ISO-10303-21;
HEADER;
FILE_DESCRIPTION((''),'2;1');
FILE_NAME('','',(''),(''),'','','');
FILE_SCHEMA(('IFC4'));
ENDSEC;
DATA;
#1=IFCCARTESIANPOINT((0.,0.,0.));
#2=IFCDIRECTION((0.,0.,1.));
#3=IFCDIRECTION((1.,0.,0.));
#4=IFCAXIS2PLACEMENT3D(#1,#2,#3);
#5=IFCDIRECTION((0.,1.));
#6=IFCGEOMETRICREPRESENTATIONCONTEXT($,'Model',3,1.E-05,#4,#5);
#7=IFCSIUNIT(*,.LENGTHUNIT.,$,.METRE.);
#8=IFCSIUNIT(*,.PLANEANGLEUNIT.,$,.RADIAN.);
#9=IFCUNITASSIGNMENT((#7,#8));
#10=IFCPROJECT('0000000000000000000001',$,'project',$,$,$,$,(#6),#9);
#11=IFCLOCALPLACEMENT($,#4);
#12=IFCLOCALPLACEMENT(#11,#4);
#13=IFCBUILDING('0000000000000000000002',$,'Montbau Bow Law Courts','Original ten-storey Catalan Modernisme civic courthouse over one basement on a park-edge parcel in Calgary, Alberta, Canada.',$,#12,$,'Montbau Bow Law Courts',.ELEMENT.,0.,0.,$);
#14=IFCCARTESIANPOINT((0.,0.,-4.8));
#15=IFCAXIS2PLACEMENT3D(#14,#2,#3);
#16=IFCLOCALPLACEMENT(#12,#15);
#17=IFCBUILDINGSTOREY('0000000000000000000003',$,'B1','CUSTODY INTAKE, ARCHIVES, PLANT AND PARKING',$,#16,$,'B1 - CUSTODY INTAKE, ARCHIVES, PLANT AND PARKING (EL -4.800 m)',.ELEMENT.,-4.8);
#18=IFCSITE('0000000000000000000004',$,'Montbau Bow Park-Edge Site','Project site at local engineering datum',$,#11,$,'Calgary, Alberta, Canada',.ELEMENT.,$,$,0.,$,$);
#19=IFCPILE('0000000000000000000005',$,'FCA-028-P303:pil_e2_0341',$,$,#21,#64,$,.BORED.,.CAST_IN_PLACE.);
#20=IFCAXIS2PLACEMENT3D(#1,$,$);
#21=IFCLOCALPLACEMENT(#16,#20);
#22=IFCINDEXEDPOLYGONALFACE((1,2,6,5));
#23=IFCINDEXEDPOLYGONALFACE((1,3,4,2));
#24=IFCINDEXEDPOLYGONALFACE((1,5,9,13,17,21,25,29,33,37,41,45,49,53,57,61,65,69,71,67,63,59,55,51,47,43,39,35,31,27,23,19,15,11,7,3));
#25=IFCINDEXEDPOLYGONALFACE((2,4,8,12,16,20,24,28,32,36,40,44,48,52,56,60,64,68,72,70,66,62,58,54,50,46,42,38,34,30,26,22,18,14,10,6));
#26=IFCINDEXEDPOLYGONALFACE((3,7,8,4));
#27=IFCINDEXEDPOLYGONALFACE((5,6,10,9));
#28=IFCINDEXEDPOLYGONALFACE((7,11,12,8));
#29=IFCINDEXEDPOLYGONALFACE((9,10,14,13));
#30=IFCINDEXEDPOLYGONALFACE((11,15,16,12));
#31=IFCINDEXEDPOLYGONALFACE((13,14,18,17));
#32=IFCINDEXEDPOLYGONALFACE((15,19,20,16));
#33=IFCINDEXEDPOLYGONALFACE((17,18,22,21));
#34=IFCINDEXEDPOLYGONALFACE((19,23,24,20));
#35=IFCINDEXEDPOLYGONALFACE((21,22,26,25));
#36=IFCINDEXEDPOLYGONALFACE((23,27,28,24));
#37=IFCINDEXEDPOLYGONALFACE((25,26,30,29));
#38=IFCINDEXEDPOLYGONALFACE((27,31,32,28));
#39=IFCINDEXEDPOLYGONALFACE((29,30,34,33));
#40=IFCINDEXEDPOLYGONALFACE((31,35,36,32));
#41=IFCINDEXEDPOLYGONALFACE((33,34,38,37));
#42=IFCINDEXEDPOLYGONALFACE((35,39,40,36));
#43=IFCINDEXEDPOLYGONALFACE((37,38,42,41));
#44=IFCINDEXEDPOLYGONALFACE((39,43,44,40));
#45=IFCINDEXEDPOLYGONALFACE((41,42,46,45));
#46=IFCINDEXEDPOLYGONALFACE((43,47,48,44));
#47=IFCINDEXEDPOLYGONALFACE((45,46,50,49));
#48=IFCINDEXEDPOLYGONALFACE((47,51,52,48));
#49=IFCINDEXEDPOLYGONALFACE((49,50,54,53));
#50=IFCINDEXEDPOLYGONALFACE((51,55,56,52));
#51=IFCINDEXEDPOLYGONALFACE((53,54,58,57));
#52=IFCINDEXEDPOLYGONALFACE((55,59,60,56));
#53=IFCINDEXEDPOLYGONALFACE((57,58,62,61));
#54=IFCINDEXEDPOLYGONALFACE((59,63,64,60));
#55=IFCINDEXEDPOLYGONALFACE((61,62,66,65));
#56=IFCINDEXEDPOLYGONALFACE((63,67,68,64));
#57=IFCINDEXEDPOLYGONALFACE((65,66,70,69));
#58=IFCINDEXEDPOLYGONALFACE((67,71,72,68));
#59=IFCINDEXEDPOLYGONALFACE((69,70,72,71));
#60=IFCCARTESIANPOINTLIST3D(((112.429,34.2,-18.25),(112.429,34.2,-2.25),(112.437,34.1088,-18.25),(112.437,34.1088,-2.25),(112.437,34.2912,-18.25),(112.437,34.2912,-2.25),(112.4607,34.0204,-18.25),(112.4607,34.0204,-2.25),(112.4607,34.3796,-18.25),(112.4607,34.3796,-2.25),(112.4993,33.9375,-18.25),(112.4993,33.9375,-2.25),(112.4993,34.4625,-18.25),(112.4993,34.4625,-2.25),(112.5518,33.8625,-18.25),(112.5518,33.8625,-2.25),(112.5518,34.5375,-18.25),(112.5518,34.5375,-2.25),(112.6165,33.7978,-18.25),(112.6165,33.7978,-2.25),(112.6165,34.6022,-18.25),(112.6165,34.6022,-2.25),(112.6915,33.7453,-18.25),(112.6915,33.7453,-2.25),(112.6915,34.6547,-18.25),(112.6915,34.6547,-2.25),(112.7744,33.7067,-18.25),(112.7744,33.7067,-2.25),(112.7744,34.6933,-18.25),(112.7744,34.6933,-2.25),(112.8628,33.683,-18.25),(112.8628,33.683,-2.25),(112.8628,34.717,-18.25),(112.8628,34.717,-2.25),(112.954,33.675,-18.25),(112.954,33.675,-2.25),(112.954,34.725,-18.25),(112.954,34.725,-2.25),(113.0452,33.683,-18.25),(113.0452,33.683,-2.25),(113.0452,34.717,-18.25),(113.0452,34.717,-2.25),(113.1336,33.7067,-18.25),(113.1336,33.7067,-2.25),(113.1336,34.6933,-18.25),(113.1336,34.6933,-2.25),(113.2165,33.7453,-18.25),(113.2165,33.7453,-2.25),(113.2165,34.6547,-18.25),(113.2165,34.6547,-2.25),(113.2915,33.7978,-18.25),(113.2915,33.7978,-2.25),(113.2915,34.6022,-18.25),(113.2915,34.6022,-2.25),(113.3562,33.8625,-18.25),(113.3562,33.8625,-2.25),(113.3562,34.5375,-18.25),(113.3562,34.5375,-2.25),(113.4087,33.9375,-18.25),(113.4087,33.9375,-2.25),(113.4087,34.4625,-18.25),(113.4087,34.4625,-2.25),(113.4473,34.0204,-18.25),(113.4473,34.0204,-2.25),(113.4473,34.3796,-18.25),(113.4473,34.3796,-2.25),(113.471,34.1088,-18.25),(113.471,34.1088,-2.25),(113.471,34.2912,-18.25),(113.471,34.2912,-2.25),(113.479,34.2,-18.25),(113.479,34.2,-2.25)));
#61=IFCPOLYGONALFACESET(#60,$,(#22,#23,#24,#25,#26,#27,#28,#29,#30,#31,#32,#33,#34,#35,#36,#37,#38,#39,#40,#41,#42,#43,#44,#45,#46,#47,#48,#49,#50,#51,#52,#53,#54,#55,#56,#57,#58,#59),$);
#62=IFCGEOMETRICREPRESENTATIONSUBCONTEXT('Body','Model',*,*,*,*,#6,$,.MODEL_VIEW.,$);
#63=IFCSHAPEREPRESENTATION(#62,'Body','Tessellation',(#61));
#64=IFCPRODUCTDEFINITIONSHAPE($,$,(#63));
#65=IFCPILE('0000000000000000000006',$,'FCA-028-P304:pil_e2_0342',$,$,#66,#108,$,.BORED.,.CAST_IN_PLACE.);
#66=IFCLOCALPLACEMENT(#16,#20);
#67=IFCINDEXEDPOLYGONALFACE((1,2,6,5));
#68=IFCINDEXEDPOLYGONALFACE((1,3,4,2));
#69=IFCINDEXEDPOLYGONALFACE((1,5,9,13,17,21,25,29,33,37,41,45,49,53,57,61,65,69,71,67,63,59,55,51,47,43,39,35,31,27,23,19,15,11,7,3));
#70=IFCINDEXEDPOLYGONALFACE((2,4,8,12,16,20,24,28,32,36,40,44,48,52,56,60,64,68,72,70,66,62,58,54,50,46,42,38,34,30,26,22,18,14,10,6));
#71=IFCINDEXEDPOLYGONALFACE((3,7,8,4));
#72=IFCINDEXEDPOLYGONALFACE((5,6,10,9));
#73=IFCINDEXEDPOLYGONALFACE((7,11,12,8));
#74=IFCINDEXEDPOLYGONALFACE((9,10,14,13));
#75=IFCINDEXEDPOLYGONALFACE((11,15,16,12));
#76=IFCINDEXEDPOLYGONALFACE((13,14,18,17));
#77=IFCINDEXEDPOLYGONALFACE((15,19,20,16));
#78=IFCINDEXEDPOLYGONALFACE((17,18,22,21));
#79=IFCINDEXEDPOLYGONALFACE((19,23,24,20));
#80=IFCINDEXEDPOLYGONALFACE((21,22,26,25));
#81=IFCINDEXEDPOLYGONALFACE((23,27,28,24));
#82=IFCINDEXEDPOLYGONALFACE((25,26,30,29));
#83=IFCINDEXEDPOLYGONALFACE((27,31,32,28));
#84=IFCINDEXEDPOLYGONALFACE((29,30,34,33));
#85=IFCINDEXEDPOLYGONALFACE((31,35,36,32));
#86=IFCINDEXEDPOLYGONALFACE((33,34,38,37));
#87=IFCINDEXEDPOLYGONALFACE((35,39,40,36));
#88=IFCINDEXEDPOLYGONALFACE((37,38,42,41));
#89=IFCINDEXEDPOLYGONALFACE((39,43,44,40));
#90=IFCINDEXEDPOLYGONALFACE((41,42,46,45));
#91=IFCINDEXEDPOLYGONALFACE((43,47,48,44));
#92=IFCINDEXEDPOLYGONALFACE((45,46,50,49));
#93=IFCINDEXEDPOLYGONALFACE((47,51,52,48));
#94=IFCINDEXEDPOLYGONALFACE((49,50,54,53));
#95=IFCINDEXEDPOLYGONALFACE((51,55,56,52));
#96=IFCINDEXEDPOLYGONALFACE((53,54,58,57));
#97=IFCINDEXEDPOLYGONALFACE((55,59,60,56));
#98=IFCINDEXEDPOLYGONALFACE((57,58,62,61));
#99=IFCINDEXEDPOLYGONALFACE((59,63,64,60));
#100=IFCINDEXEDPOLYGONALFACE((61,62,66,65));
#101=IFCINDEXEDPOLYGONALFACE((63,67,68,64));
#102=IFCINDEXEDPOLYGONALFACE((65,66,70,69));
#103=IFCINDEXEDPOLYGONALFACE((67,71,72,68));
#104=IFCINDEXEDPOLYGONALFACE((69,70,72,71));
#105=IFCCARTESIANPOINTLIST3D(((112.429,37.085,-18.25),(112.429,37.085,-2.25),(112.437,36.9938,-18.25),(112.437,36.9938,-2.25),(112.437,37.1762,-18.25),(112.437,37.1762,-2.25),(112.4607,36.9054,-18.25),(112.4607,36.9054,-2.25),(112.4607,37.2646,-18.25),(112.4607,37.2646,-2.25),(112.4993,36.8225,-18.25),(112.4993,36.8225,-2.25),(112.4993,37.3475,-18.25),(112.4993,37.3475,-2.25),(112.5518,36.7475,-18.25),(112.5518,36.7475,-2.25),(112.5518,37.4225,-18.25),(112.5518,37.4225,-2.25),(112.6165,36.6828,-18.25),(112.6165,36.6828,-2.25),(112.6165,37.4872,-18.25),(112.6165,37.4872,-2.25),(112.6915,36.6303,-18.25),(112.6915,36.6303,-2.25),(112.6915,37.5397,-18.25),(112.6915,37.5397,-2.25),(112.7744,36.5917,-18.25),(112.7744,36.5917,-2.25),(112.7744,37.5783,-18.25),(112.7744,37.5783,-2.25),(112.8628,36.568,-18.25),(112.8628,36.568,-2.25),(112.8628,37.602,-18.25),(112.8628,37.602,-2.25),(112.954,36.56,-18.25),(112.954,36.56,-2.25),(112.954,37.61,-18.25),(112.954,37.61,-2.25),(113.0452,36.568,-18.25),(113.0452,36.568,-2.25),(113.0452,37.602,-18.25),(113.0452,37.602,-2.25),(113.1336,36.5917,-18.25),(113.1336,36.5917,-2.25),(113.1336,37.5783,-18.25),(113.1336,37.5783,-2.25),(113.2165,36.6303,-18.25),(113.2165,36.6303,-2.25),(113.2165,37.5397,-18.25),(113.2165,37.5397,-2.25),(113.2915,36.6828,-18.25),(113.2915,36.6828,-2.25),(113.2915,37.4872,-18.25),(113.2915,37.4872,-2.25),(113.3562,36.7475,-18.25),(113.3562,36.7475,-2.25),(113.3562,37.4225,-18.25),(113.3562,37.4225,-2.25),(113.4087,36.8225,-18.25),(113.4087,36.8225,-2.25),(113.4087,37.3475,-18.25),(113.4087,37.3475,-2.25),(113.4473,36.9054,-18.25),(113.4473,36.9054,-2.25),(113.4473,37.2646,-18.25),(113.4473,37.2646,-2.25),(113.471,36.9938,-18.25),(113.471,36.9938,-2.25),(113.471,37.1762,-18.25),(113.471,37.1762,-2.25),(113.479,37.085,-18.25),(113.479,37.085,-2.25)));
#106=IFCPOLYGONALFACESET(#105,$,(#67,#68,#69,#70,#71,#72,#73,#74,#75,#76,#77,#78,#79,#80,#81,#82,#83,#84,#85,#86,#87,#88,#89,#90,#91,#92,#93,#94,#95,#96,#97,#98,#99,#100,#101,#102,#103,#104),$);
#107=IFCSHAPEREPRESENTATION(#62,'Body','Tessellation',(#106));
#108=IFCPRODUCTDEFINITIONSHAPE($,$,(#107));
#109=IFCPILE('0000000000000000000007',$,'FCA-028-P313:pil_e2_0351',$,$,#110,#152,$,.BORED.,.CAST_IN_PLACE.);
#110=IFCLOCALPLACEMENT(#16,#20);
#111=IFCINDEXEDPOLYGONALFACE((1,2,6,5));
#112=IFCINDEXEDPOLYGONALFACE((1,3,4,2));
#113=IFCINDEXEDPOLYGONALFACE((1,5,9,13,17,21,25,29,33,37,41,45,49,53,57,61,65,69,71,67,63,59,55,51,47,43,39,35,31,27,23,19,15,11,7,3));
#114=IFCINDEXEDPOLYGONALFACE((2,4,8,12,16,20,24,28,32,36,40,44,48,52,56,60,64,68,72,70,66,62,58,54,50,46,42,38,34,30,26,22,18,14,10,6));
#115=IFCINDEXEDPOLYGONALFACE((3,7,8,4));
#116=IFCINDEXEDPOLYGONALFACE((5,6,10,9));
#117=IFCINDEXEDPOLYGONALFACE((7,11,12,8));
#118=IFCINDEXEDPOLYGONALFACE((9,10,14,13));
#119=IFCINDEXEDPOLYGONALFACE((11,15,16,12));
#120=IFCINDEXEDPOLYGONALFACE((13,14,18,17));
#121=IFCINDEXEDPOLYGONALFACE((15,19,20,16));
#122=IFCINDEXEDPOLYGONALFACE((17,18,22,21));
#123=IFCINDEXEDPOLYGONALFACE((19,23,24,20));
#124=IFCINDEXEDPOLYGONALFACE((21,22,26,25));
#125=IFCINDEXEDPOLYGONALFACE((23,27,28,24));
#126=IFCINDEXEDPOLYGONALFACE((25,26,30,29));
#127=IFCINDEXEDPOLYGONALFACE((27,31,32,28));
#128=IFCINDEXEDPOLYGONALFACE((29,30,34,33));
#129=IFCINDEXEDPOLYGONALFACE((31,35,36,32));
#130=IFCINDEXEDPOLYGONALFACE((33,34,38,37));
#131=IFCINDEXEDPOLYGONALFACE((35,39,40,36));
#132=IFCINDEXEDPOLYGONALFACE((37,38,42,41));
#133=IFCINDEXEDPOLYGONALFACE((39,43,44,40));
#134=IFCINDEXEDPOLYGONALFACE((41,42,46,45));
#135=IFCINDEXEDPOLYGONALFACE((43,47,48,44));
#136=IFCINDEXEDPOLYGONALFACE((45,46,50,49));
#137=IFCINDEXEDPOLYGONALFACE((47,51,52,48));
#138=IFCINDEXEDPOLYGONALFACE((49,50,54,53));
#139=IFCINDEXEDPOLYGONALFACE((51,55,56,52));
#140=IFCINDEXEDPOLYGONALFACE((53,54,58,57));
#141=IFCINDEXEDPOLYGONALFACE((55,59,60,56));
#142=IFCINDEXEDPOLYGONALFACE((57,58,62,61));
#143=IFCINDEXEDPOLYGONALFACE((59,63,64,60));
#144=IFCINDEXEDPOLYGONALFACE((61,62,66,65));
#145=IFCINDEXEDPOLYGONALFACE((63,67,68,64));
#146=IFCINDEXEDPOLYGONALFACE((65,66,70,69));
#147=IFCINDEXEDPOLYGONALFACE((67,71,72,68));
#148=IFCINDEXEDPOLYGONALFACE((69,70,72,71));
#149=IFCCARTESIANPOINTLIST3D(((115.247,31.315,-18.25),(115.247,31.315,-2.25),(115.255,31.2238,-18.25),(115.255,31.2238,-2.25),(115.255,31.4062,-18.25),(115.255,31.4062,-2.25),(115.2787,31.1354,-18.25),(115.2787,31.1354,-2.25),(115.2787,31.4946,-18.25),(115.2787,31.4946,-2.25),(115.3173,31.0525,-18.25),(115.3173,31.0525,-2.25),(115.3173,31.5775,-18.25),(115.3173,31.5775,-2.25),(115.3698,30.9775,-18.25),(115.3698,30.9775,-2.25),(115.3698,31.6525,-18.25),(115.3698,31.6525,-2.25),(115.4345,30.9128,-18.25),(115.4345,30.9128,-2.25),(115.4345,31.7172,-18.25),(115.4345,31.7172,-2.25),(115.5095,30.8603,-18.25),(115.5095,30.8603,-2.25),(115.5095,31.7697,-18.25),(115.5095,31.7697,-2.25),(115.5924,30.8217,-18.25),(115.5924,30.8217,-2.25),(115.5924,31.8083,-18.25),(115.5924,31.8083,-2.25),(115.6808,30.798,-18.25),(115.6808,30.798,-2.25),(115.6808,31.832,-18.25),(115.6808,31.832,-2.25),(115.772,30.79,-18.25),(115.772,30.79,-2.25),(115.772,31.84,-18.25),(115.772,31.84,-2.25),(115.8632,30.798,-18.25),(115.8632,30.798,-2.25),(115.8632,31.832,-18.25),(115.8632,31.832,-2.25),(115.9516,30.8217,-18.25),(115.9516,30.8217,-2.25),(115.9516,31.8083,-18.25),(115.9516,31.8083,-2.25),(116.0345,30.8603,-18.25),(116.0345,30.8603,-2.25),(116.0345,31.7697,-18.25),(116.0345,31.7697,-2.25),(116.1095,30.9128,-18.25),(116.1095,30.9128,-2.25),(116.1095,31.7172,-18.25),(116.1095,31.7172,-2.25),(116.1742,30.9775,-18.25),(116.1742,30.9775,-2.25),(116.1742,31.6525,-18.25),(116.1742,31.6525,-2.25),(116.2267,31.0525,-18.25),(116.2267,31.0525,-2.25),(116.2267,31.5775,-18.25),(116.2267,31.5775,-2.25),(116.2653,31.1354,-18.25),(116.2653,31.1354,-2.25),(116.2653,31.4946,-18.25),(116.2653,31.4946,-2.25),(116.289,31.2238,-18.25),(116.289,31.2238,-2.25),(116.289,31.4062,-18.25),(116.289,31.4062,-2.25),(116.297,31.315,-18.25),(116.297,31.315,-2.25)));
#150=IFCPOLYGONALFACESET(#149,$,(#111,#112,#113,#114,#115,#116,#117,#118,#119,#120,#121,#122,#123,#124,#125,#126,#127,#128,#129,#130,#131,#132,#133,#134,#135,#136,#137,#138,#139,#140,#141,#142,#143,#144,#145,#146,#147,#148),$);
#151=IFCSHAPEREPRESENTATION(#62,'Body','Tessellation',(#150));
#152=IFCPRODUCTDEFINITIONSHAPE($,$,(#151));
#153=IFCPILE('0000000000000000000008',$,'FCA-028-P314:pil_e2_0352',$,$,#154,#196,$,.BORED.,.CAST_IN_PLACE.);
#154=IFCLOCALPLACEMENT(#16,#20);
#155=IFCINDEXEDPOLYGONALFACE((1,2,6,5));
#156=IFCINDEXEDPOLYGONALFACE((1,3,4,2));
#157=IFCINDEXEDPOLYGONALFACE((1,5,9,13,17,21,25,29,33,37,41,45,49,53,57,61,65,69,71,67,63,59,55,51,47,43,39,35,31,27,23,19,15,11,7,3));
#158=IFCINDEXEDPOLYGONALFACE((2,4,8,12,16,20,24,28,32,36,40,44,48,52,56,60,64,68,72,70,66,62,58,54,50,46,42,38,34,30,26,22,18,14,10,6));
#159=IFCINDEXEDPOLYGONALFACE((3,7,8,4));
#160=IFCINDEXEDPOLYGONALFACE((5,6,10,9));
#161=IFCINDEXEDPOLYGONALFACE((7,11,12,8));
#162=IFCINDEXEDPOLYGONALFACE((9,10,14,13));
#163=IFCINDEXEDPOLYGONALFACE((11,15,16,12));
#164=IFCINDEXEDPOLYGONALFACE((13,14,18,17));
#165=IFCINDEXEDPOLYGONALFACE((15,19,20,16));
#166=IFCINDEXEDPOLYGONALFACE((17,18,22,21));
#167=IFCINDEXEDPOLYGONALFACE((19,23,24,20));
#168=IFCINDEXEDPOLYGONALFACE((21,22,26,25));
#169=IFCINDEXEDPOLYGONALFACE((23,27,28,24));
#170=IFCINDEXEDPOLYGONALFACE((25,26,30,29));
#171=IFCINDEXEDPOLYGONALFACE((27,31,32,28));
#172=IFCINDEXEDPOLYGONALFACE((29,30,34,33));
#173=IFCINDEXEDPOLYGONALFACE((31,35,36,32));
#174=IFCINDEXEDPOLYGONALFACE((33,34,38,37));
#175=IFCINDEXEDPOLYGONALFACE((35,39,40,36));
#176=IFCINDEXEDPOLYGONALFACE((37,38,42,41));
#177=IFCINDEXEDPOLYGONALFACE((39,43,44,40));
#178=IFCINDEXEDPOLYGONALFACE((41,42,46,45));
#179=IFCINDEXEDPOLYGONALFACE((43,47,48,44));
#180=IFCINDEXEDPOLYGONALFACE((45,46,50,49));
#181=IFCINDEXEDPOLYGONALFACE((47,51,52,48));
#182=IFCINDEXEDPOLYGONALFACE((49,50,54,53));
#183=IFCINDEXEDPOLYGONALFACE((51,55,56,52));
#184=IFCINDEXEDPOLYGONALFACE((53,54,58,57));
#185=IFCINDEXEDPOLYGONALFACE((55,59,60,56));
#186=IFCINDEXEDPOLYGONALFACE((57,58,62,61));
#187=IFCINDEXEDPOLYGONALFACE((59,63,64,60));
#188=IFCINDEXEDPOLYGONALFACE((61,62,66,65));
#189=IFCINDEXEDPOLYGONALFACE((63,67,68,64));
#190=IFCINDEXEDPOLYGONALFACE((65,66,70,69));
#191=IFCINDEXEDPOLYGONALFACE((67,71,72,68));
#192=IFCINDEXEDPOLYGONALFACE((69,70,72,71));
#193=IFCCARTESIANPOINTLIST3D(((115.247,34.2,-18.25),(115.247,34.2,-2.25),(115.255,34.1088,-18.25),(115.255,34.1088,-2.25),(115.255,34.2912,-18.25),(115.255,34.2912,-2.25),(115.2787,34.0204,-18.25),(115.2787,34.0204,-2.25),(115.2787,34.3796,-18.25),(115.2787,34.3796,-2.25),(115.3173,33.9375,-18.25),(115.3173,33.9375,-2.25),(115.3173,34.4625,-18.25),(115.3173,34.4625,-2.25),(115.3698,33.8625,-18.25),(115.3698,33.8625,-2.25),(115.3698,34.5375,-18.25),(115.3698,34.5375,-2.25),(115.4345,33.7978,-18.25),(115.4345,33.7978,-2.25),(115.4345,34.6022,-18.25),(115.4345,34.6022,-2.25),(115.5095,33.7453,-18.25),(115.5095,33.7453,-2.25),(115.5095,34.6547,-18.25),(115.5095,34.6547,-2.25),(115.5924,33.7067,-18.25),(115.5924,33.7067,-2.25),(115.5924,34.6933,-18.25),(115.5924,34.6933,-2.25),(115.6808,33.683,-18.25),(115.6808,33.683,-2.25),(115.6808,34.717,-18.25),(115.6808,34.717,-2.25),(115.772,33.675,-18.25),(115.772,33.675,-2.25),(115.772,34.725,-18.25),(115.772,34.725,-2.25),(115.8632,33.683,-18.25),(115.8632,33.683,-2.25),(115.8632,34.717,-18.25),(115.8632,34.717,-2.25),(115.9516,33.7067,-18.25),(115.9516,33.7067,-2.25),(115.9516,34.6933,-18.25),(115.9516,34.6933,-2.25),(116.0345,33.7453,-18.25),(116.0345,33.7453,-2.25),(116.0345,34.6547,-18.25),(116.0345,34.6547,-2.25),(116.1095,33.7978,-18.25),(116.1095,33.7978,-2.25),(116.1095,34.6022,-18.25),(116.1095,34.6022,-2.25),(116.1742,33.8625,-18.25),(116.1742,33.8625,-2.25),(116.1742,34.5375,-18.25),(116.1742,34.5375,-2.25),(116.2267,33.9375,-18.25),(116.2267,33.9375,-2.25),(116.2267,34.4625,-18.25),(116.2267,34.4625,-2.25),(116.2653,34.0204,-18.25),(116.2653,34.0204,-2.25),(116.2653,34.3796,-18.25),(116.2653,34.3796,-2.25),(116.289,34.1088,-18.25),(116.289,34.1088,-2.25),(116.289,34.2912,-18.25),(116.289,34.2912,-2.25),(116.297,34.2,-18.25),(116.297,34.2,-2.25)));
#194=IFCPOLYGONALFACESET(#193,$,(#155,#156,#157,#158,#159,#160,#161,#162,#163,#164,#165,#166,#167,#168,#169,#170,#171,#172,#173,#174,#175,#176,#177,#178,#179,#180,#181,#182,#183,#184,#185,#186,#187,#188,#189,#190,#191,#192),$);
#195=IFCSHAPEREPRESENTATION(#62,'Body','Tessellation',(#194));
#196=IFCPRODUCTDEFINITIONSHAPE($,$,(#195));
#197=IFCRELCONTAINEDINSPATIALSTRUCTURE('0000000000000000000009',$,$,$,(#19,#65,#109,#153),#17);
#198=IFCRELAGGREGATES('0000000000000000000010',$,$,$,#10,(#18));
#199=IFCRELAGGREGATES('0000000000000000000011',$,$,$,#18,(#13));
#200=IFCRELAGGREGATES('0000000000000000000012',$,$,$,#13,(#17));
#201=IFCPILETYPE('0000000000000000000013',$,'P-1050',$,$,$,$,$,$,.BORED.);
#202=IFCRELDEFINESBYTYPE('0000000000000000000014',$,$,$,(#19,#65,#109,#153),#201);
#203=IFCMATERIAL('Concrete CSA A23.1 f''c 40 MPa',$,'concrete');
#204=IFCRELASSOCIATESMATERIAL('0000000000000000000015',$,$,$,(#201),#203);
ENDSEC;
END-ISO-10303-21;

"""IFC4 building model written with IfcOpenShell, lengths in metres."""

from ifc_helpers import new_model, si_unit, direction, frame, origin_with_axes, origin_2d_with_axis, place, context, subcontext, project, spatial, circle, extrude, material, material_profile, profile_set, type_object, element, save


model = new_model("IFC4")

# Units and contexts
model_context = context("Model", 3, precision=1e-05, world=origin_with_axes(), true_north=direction((0.0, 1.0)))
body_context = subcontext(model_context, "Body", "Model", "MODEL_VIEW")
ifc_project = project(units=[si_unit("LENGTHUNIT", "METRE"), si_unit("PLANEANGLEUNIT", "RADIAN")], contexts=[model_context])

# Site, building, storey
site_placement = place(None, origin_with_axes())
site = spatial("IfcSite", under=ifc_project, at=site_placement, Name="Montbau Bow Park-Edge Site", Description="Project site at local engineering datum", LongName="Calgary, Alberta, Canada", CompositionType="ELEMENT", RefElevation=0.0)
building_placement = place(site_placement, origin_with_axes())
building = spatial("IfcBuilding", under=site, at=building_placement, Name="Montbau Bow Law Courts", Description="Original ten-storey Catalan Modernisme civic courthouse over one basement on a park-edge parcel in Calgary, Alberta, Canada.", LongName="Montbau Bow Law Courts", CompositionType="ELEMENT", ElevationOfRefHeight=0.0, ElevationOfTerrain=0.0)
storey_placement = place(building_placement, frame((0.0, 0.0, -4.8), z_axis=(0.0, 0.0, 1.0), x_axis=(1.0, 0.0, 0.0)))
storey = spatial("IfcBuildingStorey", under=building, at=storey_placement, Name="B1", Description="CUSTODY INTAKE, ARCHIVES, PLANT AND PARKING", LongName="B1 - CUSTODY INTAKE, ARCHIVES, PLANT AND PARKING (EL -4.800 m)", CompositionType="ELEMENT", Elevation=-4.8)

# Piles
ifc_material_1 = material(Name="Concrete CSA A23.1 f'c 40 MPa", Category="concrete")
ifc_material_profile_1 = material_profile(ifc_material_1, circle(Radius=0.525, at=origin_2d_with_axis()), Name="BP1050", Category="Main", Priority=0)
ifc_profile_set_1 = profile_set([ifc_material_profile_1], Name="Concrete CSA A23.1 f'c 40 MPa")
pile_type = type_object("IfcPileType", Name="P-1050", PredefinedType="BORED", material=ifc_profile_set_1)
for number, where, z_axis, x_axis, name in (
    (1, (112.954, 34.2, -23.05), (0.0, 0.0, 1.0), (1.0, 0.0, 0.0), "FCA-028-P303:pil_e2_0341"),
    (2, (112.954, 37.085, -23.05), (0.0, 0.0, 1.0), (1.0, 0.0, 0.0), "FCA-028-P304:pil_e2_0342"),
    (3, (115.772, 31.315, -23.05), (0.0, 0.0, 1.0), (1.0, 0.0, 0.0), "FCA-028-P313:pil_e2_0351"),
    (4, (115.772, 34.2, -23.05), (0.0, 0.0, 1.0), (1.0, 0.0, 0.0), "FCA-028-P314:pil_e2_0352"),
):
    element("IfcPile", number, at=place(None, frame(where, z_axis=z_axis, x_axis=x_axis)), inside=storey, type_object=pile_type, Name=name, ConstructionType="CAST_IN_PLACE", PredefinedType="BORED", context=body_context, shape_type="SweptSolid", body=[
        extrude(circle(Radius=0.525, at=origin_2d_with_axis()), origin_with_axes(), (0.0, 0.0, 1.0), 16.0),
    ])

save(model, "model.ifc")
